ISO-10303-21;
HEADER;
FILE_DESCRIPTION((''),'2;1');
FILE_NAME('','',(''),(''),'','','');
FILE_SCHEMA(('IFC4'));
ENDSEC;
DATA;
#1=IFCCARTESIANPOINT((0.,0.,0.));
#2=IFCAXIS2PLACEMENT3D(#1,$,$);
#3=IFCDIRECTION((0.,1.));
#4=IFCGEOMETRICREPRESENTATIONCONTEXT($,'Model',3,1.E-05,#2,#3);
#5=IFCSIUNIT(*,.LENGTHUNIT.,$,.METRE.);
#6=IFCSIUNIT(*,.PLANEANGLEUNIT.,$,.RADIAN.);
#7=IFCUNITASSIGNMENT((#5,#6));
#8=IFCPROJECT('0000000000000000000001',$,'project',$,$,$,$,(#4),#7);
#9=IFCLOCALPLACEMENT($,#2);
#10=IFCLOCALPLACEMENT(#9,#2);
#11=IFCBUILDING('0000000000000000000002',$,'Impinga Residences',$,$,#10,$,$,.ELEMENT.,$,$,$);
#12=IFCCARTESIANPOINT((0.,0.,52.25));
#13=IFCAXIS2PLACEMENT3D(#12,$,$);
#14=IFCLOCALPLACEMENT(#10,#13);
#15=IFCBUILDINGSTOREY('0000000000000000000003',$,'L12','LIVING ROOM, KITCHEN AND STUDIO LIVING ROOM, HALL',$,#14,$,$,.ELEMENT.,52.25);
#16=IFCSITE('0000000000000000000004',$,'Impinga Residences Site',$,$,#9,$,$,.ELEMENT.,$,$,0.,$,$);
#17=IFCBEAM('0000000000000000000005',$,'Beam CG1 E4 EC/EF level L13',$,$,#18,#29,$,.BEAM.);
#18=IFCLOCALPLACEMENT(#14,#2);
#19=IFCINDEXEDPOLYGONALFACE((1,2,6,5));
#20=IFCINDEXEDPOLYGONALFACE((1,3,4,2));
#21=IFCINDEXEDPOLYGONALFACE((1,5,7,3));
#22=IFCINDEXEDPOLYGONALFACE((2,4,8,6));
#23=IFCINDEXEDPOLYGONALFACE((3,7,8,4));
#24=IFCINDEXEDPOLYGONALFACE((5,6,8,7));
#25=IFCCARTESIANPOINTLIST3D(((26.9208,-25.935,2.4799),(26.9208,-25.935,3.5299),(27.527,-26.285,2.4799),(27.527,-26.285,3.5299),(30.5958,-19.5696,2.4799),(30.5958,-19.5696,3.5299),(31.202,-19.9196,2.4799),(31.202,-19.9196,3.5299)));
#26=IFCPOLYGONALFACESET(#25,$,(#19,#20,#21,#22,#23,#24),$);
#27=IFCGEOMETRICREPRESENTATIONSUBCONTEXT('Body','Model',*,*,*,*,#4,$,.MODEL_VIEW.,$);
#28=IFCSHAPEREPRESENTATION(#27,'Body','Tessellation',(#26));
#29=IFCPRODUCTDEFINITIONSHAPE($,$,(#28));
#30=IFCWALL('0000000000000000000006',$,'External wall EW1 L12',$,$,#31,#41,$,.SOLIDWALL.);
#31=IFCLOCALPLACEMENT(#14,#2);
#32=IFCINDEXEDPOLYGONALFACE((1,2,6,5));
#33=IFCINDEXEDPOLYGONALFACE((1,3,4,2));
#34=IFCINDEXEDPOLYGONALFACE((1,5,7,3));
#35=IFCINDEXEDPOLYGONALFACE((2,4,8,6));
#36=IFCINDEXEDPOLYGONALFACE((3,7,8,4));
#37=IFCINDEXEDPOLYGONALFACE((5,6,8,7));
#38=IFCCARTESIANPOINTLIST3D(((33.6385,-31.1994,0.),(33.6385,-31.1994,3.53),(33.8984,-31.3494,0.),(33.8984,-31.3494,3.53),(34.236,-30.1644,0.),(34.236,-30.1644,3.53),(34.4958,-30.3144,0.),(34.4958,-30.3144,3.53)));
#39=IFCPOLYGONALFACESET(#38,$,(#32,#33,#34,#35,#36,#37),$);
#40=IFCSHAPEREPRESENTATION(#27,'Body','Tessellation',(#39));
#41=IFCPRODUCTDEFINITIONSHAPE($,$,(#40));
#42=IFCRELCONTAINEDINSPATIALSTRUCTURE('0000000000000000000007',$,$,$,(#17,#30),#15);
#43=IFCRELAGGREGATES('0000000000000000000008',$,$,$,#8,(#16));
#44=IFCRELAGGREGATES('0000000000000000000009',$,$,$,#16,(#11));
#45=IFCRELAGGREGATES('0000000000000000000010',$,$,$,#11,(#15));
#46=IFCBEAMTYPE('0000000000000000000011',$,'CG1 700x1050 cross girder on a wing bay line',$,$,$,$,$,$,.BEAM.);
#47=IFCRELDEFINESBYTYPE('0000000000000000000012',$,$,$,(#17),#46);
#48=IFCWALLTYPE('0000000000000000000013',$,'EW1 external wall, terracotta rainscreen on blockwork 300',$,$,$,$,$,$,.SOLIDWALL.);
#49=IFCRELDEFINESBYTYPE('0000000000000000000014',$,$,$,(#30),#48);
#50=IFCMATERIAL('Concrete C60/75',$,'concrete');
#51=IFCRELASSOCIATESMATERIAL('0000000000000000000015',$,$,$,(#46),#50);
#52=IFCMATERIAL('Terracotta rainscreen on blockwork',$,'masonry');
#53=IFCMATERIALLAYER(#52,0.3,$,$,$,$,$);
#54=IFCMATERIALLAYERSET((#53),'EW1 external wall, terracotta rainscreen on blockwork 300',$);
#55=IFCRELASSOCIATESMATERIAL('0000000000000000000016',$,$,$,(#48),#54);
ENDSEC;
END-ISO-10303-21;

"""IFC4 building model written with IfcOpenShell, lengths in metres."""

from ifc_helpers import new_model, si_unit, direction, frame, frame_2d, origin, origin_2d, place, context, subcontext, project, spatial, rectangle, extrude, material, layer, layer_set, material_profile, profile_set, type_object, element, save


model = new_model("IFC4")

# Units and contexts
model_context = context("Model", 3, precision=1e-05, world=origin(), true_north=direction((0.0, 1.0)))
body_context = subcontext(model_context, "Body", "Model", "MODEL_VIEW")
ifc_project = project(units=[si_unit("LENGTHUNIT", "METRE"), si_unit("PLANEANGLEUNIT", "RADIAN")], contexts=[model_context])

# Site, building, storey
site_placement = place(None, origin())
site = spatial("IfcSite", under=ifc_project, at=site_placement, Name="Impinga Residences Site", CompositionType="ELEMENT", RefElevation=0.0)
building_placement = place(site_placement, origin())
building = spatial("IfcBuilding", under=site, at=building_placement, Name="Impinga Residences", CompositionType="ELEMENT")
storey_placement = place(building_placement, frame((0.0, 0.0, 52.25)))
storey = spatial("IfcBuildingStorey", under=building, at=storey_placement, Name="L12", Description="LIVING ROOM, KITCHEN AND STUDIO LIVING ROOM, HALL", CompositionType="ELEMENT", Elevation=52.25)

# Beam
ifc_material_1 = material(Name="Concrete C60/75", Category="concrete")
ifc_material_profile = material_profile(ifc_material_1, rectangle(XDim=0.7, YDim=1.05, at=origin_2d()), Name="RC 700x1050")
ifc_profile_set = profile_set([ifc_material_profile], Name="Concrete C60/75")
beam_type = type_object("IfcBeamType", Name="CG1 700x1050 cross girder on a wing bay line", PredefinedType="BEAM", material=ifc_profile_set)
beam_placement = place(storey_placement, frame((30.8989, -19.7446, 3.0049), z_axis=(-0.499994, -0.866029, 0.0), x_axis=(0.866029, -0.499994, 0.0)))
element("IfcBeam", 1, at=beam_placement, inside=storey, type_object=beam_type, Name="Beam CG1 E4 EC/EF level L13", PredefinedType="BEAM", context=body_context, shape_type="SweptSolid", body=[
    extrude(rectangle(XDim=0.7, YDim=1.05, at=origin_2d()), origin(), (0.0, 0.0, 1.0), 7.3501),
])

# Wall
ifc_material_2 = material(Name="Terracotta rainscreen on blockwork", Category="masonry")
ifc_layer_1 = layer(ifc_material_2, 0.3)
ifc_layer_set_1 = layer_set([ifc_layer_1], Name="EW1 external wall, terracotta rainscreen on blockwork 300")
wall_type_1 = type_object("IfcWallType", Name="EW1 external wall, terracotta rainscreen on blockwork 300", PredefinedType="SOLIDWALL", material=ifc_layer_set_1)
wall_1_placement = place(storey_placement, frame((34.366, -30.2393, 0.0), z_axis=(0.0, 0.0, 1.0), x_axis=(-0.499941, -0.86606, 0.0)))
element("IfcWall", 2, at=wall_1_placement, inside=storey, type_object=wall_type_1, Name="External wall EW1 L12", PredefinedType="SOLIDWALL", context=body_context, shape_type="SweptSolid", body=[
    extrude(rectangle(XDim=1.1951, YDim=0.3, at=frame_2d((0.5977, 0.0))), origin(), (0.0, 0.0, 1.0), 3.53),
])

save(model, "model.ifc")
